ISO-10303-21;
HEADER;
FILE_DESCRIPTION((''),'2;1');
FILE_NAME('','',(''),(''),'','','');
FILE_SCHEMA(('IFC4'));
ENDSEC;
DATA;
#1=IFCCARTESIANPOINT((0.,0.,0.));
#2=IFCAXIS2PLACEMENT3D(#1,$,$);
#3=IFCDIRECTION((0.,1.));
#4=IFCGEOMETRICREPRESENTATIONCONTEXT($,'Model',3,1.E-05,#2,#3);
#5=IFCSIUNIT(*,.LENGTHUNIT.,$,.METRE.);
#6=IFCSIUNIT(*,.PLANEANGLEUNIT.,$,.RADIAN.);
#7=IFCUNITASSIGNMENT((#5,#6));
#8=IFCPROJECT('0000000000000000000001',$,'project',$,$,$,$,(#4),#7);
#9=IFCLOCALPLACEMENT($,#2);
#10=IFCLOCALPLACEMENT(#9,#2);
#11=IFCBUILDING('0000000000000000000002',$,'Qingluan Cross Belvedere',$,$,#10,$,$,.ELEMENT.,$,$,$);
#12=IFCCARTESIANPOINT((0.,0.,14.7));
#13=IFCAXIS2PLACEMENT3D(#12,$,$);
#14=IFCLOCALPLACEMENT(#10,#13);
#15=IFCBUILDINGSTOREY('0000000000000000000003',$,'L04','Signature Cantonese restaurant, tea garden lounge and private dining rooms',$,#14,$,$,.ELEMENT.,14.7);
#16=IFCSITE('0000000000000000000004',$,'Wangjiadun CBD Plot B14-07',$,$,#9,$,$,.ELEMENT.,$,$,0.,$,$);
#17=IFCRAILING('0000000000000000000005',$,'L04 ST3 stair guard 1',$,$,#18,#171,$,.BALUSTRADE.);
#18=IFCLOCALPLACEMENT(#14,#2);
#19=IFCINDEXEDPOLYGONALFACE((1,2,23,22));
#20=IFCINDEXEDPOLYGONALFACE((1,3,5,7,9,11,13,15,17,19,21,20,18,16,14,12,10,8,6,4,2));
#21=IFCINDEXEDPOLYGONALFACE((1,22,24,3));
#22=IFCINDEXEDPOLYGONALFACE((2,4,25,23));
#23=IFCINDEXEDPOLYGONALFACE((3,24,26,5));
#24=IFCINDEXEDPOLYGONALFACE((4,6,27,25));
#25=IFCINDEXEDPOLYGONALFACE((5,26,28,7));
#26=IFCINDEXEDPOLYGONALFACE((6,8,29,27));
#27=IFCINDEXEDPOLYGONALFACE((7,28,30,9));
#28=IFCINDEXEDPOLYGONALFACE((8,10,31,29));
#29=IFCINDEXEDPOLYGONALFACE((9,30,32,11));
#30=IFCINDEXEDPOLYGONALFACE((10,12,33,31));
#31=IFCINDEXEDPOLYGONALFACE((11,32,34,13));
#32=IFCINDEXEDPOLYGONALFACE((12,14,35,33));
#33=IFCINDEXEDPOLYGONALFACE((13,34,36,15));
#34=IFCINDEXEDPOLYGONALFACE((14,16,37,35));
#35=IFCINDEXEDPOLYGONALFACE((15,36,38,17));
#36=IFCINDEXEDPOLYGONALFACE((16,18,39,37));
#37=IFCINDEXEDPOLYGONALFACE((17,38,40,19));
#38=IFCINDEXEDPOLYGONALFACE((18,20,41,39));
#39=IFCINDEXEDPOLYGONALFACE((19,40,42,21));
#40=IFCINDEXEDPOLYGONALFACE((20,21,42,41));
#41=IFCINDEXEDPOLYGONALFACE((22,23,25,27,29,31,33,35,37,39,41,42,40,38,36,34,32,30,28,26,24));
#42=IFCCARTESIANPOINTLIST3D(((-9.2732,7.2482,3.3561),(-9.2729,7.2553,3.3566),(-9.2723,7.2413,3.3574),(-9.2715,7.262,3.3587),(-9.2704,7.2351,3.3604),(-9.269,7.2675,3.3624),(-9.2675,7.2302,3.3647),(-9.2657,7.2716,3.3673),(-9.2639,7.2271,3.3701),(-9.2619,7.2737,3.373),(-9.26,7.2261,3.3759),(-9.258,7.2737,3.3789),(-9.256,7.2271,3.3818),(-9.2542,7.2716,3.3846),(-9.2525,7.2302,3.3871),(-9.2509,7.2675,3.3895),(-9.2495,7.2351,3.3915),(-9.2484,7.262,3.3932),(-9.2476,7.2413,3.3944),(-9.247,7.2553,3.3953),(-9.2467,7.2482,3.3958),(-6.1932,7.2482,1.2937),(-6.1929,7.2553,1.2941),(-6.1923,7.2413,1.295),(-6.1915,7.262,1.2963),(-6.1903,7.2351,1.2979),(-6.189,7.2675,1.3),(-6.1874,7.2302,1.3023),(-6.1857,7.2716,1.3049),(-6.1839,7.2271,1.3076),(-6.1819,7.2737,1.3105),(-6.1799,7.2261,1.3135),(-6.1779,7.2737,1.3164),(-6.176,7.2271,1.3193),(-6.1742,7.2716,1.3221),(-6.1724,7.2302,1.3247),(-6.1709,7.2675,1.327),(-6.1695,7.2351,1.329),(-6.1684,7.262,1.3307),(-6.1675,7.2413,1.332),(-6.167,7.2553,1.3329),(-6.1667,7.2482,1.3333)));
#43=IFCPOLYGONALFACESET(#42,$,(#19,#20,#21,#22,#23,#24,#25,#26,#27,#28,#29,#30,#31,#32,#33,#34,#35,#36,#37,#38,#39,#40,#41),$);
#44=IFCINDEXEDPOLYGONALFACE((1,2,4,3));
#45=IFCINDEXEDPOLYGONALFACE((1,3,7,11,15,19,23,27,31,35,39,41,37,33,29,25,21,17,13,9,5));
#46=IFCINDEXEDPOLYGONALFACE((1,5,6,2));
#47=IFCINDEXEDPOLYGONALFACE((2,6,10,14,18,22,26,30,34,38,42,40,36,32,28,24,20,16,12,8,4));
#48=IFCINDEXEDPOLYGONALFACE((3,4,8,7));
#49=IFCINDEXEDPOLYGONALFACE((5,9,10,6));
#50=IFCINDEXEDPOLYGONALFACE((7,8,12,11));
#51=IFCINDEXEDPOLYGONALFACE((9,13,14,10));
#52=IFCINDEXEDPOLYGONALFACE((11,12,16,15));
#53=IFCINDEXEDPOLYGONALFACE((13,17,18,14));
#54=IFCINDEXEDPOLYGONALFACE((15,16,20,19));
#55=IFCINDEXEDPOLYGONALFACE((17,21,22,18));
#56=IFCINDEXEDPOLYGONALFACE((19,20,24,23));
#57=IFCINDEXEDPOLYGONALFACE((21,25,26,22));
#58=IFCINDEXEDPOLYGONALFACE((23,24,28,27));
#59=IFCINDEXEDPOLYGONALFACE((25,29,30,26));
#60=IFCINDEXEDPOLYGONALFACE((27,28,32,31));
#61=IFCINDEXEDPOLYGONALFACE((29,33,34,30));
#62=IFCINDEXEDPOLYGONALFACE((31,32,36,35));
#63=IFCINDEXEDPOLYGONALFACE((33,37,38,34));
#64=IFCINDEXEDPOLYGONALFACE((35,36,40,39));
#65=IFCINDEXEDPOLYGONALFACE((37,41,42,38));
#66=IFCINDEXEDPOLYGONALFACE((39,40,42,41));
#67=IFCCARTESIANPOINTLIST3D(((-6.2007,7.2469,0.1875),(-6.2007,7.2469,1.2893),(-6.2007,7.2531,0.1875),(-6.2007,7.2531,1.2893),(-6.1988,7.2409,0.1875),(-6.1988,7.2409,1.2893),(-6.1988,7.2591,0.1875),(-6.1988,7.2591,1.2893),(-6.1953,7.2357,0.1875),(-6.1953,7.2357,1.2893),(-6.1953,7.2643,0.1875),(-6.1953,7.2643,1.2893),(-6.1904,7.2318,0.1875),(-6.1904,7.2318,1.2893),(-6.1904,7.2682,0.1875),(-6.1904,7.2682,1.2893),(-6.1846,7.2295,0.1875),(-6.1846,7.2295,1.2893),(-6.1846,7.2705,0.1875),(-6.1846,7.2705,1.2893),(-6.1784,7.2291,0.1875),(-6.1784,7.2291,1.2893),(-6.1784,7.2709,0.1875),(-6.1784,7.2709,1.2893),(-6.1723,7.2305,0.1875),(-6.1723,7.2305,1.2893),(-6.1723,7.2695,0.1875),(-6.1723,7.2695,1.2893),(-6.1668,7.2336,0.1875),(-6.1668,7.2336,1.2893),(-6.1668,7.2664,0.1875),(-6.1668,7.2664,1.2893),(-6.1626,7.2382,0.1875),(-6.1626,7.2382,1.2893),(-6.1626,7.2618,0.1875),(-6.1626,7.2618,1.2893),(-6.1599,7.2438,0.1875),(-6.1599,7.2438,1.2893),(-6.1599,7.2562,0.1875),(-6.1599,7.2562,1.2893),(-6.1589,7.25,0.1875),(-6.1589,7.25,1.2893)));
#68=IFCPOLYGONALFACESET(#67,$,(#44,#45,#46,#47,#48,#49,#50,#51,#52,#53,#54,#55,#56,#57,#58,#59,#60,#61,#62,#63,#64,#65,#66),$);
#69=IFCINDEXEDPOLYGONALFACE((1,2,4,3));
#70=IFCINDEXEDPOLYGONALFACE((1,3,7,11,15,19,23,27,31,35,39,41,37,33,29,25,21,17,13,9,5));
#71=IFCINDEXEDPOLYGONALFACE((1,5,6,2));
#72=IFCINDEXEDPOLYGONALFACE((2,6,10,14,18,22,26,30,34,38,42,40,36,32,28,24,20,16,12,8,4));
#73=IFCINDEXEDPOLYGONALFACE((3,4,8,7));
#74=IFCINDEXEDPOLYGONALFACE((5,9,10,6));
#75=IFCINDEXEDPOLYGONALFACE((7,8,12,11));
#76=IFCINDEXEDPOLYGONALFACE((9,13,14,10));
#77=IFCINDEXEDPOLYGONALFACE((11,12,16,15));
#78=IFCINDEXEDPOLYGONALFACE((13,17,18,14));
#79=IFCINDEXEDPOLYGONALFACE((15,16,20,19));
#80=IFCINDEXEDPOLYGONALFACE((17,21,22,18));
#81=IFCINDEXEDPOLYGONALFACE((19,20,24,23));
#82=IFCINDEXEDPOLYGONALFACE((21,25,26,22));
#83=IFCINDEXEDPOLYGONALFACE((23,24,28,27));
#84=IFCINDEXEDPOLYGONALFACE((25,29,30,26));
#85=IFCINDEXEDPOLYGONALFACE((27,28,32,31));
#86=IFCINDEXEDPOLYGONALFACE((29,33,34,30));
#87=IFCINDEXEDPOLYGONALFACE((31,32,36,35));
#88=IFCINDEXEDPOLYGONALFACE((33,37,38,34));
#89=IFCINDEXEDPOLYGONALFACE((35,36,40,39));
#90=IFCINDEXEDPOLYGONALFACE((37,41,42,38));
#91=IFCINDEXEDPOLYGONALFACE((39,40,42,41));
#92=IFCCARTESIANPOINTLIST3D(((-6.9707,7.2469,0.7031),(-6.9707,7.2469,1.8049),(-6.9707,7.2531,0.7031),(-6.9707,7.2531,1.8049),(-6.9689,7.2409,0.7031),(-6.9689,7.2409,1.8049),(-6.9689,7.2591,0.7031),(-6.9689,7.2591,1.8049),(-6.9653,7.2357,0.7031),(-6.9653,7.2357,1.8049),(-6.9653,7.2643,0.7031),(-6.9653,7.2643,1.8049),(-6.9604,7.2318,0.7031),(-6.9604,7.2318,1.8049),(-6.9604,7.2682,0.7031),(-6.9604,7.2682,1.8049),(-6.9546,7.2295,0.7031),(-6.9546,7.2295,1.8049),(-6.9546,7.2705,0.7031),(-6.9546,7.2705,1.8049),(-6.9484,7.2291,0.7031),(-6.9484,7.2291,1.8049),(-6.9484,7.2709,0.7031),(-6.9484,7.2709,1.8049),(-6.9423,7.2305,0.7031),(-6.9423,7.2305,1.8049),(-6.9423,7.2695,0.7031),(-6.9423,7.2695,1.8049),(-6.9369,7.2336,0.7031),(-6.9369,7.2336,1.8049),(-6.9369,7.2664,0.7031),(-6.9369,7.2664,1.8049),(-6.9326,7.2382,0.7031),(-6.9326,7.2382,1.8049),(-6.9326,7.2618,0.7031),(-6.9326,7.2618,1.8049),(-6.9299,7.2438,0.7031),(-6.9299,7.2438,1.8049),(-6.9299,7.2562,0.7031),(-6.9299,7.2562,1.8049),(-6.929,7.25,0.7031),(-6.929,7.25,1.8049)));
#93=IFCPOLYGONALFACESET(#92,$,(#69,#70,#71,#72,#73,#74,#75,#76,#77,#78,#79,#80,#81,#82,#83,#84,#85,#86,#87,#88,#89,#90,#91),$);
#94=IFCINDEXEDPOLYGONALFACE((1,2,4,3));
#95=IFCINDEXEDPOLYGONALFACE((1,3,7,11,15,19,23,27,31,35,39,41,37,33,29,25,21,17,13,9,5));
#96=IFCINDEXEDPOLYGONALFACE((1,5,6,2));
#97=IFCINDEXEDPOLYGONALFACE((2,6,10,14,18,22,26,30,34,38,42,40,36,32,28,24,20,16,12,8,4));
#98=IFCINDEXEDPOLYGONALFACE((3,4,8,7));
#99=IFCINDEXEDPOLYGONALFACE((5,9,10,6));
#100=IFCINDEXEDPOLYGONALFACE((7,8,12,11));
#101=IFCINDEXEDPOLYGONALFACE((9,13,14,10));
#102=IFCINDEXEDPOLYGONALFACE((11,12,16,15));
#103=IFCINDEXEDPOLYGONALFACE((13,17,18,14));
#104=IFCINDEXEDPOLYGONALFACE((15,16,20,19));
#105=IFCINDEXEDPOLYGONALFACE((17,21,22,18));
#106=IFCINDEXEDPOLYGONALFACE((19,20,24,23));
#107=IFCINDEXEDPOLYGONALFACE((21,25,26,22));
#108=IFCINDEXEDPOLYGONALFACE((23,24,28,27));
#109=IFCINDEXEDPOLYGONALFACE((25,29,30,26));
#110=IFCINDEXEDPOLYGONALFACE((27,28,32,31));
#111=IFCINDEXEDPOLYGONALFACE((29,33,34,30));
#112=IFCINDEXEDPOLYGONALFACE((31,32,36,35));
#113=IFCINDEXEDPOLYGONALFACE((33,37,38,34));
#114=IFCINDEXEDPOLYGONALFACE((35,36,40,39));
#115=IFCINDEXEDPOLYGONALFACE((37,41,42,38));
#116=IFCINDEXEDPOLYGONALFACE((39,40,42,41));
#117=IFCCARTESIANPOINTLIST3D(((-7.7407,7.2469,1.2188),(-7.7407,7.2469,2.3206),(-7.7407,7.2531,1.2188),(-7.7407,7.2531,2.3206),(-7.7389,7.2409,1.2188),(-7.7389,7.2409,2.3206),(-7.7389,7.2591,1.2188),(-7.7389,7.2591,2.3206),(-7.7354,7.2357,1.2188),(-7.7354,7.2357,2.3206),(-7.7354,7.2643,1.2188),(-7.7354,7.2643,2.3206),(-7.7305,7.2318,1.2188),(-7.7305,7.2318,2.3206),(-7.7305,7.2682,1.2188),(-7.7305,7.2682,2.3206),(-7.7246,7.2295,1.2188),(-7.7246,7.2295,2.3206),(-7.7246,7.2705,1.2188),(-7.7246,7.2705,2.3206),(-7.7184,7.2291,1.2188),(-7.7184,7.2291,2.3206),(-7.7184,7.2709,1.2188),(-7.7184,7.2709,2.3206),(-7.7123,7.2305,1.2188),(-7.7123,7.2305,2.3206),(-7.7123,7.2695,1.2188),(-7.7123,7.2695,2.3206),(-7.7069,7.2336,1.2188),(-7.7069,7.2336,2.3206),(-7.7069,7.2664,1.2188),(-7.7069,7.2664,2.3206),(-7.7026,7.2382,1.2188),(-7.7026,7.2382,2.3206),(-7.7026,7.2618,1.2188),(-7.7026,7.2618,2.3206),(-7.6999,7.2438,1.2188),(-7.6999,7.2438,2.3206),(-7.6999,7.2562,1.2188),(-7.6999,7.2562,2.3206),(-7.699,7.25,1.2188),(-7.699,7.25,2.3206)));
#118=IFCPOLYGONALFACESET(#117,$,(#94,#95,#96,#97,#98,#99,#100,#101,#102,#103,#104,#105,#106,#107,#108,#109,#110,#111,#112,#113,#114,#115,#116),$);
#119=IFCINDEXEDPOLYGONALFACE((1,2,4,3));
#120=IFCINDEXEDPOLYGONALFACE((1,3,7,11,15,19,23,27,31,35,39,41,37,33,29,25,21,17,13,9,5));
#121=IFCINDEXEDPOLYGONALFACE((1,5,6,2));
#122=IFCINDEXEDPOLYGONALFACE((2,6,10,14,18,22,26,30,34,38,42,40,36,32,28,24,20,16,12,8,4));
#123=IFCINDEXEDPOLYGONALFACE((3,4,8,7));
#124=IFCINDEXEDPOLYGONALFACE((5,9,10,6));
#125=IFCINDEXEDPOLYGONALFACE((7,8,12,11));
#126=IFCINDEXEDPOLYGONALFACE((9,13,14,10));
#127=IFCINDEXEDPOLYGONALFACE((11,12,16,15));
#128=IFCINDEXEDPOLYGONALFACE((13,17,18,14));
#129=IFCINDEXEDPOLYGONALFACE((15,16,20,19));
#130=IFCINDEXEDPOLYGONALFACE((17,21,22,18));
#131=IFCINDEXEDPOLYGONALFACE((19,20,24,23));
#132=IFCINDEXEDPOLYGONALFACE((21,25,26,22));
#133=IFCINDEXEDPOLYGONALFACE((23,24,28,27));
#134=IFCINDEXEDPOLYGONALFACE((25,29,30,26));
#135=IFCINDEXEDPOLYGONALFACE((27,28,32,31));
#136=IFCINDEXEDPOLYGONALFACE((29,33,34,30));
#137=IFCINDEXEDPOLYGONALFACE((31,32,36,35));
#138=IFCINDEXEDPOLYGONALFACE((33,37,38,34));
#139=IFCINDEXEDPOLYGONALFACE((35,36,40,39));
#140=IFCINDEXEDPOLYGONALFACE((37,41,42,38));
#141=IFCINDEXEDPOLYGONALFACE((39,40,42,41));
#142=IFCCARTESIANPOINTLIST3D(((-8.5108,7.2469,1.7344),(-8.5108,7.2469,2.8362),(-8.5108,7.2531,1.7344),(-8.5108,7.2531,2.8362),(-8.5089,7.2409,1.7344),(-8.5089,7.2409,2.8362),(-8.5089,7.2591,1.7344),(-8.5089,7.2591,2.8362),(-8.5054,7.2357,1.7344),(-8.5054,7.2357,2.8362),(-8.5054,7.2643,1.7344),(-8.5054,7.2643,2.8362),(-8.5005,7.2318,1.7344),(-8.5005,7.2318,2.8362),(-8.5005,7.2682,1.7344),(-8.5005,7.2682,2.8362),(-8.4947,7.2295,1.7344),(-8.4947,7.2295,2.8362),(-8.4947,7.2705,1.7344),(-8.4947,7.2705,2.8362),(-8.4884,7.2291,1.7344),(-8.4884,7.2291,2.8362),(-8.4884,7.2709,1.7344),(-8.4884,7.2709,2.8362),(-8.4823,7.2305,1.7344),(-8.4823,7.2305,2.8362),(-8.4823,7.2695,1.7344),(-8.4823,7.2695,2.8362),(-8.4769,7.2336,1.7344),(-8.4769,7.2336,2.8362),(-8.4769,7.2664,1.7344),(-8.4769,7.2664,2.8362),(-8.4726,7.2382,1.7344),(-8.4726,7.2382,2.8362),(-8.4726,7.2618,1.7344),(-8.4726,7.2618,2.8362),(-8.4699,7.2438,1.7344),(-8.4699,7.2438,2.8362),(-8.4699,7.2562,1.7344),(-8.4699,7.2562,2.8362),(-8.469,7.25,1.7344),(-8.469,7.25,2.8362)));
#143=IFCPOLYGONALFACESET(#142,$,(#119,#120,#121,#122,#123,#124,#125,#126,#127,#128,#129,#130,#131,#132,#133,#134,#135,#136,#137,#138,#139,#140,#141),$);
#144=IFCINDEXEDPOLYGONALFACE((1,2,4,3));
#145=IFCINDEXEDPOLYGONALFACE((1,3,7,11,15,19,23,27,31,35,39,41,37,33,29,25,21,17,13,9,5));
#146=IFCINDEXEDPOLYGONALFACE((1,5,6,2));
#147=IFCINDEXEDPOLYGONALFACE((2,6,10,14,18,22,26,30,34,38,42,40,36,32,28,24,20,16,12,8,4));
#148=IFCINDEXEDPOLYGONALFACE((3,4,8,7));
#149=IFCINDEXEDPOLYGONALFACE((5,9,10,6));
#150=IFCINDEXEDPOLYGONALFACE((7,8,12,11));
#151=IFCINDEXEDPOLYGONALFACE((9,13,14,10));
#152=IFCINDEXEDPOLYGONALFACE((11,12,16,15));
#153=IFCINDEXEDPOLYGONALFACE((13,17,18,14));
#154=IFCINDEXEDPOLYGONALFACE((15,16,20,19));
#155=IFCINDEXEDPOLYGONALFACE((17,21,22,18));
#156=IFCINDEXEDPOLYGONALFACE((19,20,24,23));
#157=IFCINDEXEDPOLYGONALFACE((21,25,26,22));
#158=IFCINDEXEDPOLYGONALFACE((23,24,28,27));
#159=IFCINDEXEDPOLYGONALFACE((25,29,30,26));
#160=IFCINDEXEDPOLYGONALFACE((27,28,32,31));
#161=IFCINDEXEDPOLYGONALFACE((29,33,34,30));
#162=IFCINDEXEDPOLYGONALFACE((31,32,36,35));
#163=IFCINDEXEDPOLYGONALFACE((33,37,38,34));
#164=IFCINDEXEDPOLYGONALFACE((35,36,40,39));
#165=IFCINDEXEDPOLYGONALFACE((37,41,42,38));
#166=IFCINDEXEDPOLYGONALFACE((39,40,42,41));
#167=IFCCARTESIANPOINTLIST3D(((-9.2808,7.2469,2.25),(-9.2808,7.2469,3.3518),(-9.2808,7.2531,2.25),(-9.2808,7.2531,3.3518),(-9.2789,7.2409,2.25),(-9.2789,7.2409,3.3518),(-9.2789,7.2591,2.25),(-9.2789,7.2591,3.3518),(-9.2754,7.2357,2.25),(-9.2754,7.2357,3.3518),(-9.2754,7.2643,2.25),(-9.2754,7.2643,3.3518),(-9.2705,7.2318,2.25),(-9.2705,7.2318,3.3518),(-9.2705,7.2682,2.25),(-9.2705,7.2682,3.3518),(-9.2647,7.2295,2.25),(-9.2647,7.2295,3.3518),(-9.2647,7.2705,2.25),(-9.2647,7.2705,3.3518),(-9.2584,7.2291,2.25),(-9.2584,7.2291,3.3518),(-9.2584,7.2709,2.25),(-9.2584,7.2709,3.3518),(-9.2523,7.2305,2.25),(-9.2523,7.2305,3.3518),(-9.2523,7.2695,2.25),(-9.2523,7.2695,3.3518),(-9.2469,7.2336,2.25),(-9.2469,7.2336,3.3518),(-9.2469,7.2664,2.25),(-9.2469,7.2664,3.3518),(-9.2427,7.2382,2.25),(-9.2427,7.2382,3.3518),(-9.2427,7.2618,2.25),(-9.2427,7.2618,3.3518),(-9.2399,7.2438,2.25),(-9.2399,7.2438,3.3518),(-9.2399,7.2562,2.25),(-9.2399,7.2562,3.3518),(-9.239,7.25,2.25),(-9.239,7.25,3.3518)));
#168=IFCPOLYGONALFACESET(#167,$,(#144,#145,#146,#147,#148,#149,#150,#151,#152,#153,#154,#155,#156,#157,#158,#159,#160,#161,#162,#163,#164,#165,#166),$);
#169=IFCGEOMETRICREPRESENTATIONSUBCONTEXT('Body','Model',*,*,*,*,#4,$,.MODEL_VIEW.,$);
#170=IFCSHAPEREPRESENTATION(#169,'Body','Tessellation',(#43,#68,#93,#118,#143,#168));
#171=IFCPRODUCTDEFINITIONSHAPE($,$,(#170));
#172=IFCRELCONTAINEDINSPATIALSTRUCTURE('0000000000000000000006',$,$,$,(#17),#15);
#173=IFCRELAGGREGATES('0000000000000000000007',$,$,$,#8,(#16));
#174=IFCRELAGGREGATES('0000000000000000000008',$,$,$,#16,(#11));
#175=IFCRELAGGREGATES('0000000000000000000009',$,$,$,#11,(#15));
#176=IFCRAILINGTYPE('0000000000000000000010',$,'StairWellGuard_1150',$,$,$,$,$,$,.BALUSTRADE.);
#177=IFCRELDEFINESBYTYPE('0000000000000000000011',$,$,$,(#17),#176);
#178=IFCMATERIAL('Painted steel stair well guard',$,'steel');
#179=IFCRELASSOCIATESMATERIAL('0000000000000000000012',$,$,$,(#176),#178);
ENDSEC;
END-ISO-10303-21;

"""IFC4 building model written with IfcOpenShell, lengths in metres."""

from ifc_helpers import new_model, si_unit, direction, frame, origin, origin_2d, place, context, subcontext, project, spatial, circle, extrude, material, type_object, element, save


model = new_model("IFC4")

# Units and contexts
model_context = context("Model", 3, precision=1e-05, world=origin(), true_north=direction((0.0, 1.0)))
body_context = subcontext(model_context, "Body", "Model", "MODEL_VIEW")
ifc_project = project(units=[si_unit("LENGTHUNIT", "METRE"), si_unit("PLANEANGLEUNIT", "RADIAN")], contexts=[model_context])

# Site, building, storey
site_placement = place(None, origin())
site = spatial("IfcSite", under=ifc_project, at=site_placement, Name="Wangjiadun CBD Plot B14-07", CompositionType="ELEMENT", RefElevation=0.0)
building_placement = place(site_placement, origin())
building = spatial("IfcBuilding", under=site, at=building_placement, Name="Qingluan Cross Belvedere", CompositionType="ELEMENT")
storey_placement = place(building_placement, frame((0.0, 0.0, 14.7)))
storey = spatial("IfcBuildingStorey", under=building, at=storey_placement, Name="L04", Description="Signature Cantonese restaurant, tea garden lounge and private dining rooms", CompositionType="ELEMENT", Elevation=14.7)

# Railing
ifc_material_1 = material(Name="Painted steel stair well guard", Category="steel")
railing_type_1 = type_object("IfcRailingType", Name="StairWellGuard_1150", PredefinedType="BALUSTRADE", material=ifc_material_1)
railing_1_placement = place(storey_placement, frame((-6.1799, 7.25, 0.1875)))
element("IfcRailing", 1, at=railing_1_placement, inside=storey, type_object=railing_type_1, Name="L04 ST3 stair guard 1", PredefinedType="BALUSTRADE", context=body_context, shape_type="SweptSolid", body=[
    extrude(circle(Radius=0.0239, at=origin_2d()), frame((0.0, 0.0, 1.126), z_axis=(-0.830914, 0.0, 0.556401), x_axis=(0.0, -1.0, 0.0)), (0.0, 0.0, 1.0), 3.7068),
    extrude(circle(Radius=0.021, at=origin_2d()), origin(), (0.0, 0.0, 1.0), 1.1018),
    extrude(circle(Radius=0.021, at=origin_2d()), frame((-0.77, 0.0, 0.5156)), (0.0, 0.0, 1.0), 1.1018),
    extrude(circle(Radius=0.021, at=origin_2d()), frame((-1.54, 0.0, 1.0312)), (0.0, 0.0, 1.0), 1.1018),
    extrude(circle(Radius=0.021, at=origin_2d()), frame((-2.3101, 0.0, 1.5469)), (0.0, 0.0, 1.0), 1.1018),
    extrude(circle(Radius=0.021, at=origin_2d()), frame((-3.0801, 0.0, 2.0625)), (0.0, 0.0, 1.0), 1.1018),
])

save(model, "model.ifc")
